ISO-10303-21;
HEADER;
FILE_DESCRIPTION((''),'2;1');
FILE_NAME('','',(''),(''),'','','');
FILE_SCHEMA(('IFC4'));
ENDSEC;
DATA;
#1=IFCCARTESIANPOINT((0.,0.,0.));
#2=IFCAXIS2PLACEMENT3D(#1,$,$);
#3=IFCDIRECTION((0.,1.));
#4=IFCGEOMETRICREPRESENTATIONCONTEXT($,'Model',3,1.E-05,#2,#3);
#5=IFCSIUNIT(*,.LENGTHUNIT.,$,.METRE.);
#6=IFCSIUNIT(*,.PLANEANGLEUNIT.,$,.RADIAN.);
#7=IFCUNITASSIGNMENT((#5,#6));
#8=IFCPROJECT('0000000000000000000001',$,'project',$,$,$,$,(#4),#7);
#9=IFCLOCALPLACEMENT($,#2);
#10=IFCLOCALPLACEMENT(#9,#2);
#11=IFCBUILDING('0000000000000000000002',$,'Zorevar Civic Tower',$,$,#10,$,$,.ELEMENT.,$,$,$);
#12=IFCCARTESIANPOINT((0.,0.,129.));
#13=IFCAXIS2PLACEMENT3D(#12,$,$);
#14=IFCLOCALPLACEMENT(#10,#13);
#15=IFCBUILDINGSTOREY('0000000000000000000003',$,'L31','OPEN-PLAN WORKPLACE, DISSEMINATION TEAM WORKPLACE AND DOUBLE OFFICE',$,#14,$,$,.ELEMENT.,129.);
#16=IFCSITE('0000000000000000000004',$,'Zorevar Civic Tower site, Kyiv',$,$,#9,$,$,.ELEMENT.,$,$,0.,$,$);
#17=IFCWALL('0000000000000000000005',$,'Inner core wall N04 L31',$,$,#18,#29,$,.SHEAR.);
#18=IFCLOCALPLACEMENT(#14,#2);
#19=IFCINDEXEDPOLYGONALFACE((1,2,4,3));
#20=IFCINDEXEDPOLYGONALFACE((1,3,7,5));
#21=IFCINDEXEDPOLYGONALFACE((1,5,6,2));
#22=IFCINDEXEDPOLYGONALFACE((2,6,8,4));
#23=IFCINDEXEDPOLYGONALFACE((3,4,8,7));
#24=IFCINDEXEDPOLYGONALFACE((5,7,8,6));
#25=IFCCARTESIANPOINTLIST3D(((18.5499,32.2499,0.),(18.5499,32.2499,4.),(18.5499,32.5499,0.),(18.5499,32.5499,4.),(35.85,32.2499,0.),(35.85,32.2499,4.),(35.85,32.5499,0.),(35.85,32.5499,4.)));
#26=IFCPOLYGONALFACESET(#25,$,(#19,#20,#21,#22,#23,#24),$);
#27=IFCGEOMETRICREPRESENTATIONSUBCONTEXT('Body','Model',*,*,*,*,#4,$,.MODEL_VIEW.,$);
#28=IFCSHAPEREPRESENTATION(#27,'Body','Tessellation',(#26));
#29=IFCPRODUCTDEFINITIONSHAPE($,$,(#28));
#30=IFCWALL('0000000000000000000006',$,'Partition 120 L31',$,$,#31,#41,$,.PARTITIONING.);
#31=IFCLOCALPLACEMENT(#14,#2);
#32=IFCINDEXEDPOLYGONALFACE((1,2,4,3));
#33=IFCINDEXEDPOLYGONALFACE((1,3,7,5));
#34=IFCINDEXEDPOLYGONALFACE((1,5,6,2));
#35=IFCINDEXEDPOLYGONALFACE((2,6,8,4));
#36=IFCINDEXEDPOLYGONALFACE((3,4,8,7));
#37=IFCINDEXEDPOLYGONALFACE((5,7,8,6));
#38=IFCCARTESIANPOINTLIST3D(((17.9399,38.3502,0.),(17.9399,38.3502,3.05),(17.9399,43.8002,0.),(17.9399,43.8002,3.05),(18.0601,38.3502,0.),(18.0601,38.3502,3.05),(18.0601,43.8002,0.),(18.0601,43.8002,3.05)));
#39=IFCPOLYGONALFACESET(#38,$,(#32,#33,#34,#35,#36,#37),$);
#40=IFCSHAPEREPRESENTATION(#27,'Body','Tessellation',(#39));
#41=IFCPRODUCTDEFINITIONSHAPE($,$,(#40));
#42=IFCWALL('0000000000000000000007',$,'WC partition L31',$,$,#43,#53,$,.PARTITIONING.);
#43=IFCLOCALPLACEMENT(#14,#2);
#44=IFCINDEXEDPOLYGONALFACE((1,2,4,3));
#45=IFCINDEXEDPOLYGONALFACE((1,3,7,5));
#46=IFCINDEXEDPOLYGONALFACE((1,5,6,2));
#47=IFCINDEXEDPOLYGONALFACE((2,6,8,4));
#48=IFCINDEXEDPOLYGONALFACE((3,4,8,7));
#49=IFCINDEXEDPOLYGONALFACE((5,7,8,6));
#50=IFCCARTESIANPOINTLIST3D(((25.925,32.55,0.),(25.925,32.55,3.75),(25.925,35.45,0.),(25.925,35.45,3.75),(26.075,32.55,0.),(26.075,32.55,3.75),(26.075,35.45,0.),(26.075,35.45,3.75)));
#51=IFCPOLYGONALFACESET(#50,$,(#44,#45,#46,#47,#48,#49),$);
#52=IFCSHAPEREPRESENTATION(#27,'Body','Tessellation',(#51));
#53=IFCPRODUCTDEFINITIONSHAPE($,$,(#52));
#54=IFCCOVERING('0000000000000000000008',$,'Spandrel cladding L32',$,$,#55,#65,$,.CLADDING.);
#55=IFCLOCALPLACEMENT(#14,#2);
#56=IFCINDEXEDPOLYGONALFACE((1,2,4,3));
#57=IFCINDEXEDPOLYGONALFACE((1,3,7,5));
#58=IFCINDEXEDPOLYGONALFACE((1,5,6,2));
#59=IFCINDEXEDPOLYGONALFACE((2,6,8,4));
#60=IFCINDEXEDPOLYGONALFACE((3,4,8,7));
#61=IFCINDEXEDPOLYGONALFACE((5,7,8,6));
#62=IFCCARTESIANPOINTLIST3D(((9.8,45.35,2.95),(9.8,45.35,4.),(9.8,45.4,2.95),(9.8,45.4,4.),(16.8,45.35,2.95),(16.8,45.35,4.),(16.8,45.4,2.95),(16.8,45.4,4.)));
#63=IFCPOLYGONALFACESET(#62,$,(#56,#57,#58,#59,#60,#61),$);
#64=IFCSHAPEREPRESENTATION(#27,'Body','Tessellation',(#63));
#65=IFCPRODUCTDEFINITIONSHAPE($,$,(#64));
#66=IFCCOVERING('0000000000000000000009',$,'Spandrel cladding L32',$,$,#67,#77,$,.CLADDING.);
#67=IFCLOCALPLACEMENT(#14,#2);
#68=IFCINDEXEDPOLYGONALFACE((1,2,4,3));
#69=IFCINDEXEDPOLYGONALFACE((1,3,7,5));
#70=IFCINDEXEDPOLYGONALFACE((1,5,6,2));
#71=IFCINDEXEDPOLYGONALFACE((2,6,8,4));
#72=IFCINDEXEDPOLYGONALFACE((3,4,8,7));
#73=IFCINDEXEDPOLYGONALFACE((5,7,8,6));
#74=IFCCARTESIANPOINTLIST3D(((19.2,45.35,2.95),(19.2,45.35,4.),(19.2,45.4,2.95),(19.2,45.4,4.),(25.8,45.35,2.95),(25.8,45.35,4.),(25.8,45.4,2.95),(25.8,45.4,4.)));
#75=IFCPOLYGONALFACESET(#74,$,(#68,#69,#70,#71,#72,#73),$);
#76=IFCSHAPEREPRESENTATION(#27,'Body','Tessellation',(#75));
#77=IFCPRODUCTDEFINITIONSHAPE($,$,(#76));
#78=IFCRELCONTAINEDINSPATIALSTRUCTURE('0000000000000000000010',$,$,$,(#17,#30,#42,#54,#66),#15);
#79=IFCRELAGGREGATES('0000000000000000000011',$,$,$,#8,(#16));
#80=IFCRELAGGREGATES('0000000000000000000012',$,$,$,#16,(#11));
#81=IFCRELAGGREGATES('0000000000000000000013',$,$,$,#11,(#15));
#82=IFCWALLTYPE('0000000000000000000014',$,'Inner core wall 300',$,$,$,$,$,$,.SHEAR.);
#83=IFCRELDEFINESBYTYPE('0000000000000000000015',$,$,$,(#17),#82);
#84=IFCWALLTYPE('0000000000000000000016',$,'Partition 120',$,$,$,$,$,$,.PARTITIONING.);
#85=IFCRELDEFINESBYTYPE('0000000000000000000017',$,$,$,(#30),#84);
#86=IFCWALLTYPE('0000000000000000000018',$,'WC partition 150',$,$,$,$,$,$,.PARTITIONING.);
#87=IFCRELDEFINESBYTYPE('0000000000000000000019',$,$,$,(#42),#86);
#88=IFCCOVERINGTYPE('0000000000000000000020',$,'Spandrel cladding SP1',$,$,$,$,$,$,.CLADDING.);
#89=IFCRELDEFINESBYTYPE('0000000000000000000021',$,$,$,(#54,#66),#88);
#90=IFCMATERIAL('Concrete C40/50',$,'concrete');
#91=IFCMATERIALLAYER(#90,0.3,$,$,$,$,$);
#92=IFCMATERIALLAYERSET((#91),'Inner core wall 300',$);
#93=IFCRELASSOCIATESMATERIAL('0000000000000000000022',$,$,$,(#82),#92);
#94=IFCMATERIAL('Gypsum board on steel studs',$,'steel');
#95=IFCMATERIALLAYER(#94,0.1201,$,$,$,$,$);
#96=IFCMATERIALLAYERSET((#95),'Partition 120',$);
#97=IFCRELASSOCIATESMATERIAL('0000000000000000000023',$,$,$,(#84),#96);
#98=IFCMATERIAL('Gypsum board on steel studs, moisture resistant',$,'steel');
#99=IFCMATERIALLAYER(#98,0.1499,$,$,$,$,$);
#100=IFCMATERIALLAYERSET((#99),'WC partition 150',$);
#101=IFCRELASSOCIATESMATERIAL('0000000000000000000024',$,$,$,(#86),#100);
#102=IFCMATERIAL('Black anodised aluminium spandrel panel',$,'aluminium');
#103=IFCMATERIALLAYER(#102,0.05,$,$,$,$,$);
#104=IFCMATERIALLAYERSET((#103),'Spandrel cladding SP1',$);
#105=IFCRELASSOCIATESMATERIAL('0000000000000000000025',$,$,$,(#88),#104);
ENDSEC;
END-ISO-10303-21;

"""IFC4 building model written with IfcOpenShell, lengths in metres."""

from ifc_helpers import new_model, si_unit, direction, frame, frame_2d, origin, place, context, subcontext, project, spatial, rectangle, extrude, material, layer, layer_set, type_object, element, save


model = new_model("IFC4")

# Units and contexts
model_context = context("Model", 3, precision=1e-05, world=origin(), true_north=direction((0.0, 1.0)))
body_context = subcontext(model_context, "Body", "Model", "MODEL_VIEW")
ifc_project = project(units=[si_unit("LENGTHUNIT", "METRE"), si_unit("PLANEANGLEUNIT", "RADIAN")], contexts=[model_context])

# Site, building, storey
site_placement = place(None, origin())
site = spatial("IfcSite", under=ifc_project, at=site_placement, Name="Zorevar Civic Tower site, Kyiv", CompositionType="ELEMENT", RefElevation=0.0)
building_placement = place(site_placement, origin())
building = spatial("IfcBuilding", under=site, at=building_placement, Name="Zorevar Civic Tower", CompositionType="ELEMENT")
storey_placement = place(building_placement, frame((0.0, 0.0, 129.0)))
storey = spatial("IfcBuildingStorey", under=building, at=storey_placement, Name="L31", Description="OPEN-PLAN WORKPLACE, DISSEMINATION TEAM WORKPLACE AND DOUBLE OFFICE", CompositionType="ELEMENT", Elevation=129.0)

# Walls
ifc_material_1 = material(Name="Concrete C40/50", Category="concrete")
ifc_layer_1 = layer(ifc_material_1, 0.3)
ifc_layer_set_1 = layer_set([ifc_layer_1], Name="Inner core wall 300")
wall_type_1 = type_object("IfcWallType", Name="Inner core wall 300", PredefinedType="SHEAR", material=ifc_layer_set_1)
wall_1_placement = place(storey_placement, frame((18.55, 32.3999, 0.0), z_axis=(0.0, 0.0, 1.0), x_axis=(1.0, 0.0, 0.0)))
element("IfcWall", 1, at=wall_1_placement, inside=storey, type_object=wall_type_1, Name="Inner core wall N04 L31", PredefinedType="SHEAR", context=body_context, shape_type="SweptSolid", body=[
    extrude(rectangle(XDim=17.3, YDim=0.3, at=frame_2d((8.6499, 0.0))), origin(), (0.0, 0.0, 1.0), 4.0),
])
ifc_material_2 = material(Name="Gypsum board on steel studs", Category="steel")
ifc_layer_2 = layer(ifc_material_2, 0.1201)
ifc_layer_set_2 = layer_set([ifc_layer_2], Name="Partition 120")
wall_type_2 = type_object("IfcWallType", Name="Partition 120", PredefinedType="PARTITIONING", material=ifc_layer_set_2)
wall_2_placement = place(storey_placement, frame((18.0, 38.3501, 0.0), z_axis=(0.0, 0.0, 1.0), x_axis=(0.0, 1.0, 0.0)))
element("IfcWall", 2, at=wall_2_placement, inside=storey, type_object=wall_type_2, Name="Partition 120 L31", PredefinedType="PARTITIONING", context=body_context, shape_type="SweptSolid", body=[
    extrude(rectangle(XDim=5.45, YDim=0.1201, at=frame_2d((2.7251, 0.0))), origin(), (0.0, 0.0, 1.0), 3.05),
])
ifc_material_3 = material(Name="Gypsum board on steel studs, moisture resistant", Category="steel")
ifc_layer_3 = layer(ifc_material_3, 0.1499)
ifc_layer_set_3 = layer_set([ifc_layer_3], Name="WC partition 150")
wall_type_3 = type_object("IfcWallType", Name="WC partition 150", PredefinedType="PARTITIONING", material=ifc_layer_set_3)
wall_3_placement = place(storey_placement, frame((26.0, 32.55, 0.0), z_axis=(0.0, 0.0, 1.0), x_axis=(0.0, 1.0, 0.0)))
element("IfcWall", 3, at=wall_3_placement, inside=storey, type_object=wall_type_3, Name="WC partition L31", PredefinedType="PARTITIONING", context=body_context, shape_type="SweptSolid", body=[
    extrude(rectangle(XDim=2.8999, YDim=0.1499, at=frame_2d((1.45, 0.0))), origin(), (0.0, 0.0, 1.0), 3.75),
])

# Coverings
ifc_material_4 = material(Name="Black anodised aluminium spandrel panel", Category="aluminium")
ifc_layer_4 = layer(ifc_material_4, 0.05)
ifc_layer_set_4 = layer_set([ifc_layer_4], Name="Spandrel cladding SP1")
covering_type = type_object("IfcCoveringType", Name="Spandrel cladding SP1", PredefinedType="CLADDING", material=ifc_layer_set_4)
covering_1_placement = place(storey_placement, frame((9.8, 45.375, 2.95), z_axis=(0.0, 0.0, 1.0), x_axis=(1.0, 0.0, 0.0)))
element("IfcCovering", 4, at=covering_1_placement, inside=storey, type_object=covering_type, Name="Spandrel cladding L32", PredefinedType="CLADDING", context=body_context, shape_type="SweptSolid", body=[
    extrude(rectangle(XDim=7.0, YDim=0.05, at=frame_2d((3.5, 0.0))), origin(), (0.0, 0.0, 1.0), 1.05),
])
covering_2_placement = place(storey_placement, frame((19.2, 45.375, 2.95), z_axis=(0.0, 0.0, 1.0), x_axis=(1.0, 0.0, 0.0)))
element("IfcCovering", 5, at=covering_2_placement, inside=storey, type_object=covering_type, Name="Spandrel cladding L32", PredefinedType="CLADDING", context=body_context, shape_type="SweptSolid", body=[
    extrude(rectangle(XDim=6.6001, YDim=0.05, at=frame_2d((3.3, 0.0))), origin(), (0.0, 0.0, 1.0), 1.05),
])

save(model, "model.ifc")
